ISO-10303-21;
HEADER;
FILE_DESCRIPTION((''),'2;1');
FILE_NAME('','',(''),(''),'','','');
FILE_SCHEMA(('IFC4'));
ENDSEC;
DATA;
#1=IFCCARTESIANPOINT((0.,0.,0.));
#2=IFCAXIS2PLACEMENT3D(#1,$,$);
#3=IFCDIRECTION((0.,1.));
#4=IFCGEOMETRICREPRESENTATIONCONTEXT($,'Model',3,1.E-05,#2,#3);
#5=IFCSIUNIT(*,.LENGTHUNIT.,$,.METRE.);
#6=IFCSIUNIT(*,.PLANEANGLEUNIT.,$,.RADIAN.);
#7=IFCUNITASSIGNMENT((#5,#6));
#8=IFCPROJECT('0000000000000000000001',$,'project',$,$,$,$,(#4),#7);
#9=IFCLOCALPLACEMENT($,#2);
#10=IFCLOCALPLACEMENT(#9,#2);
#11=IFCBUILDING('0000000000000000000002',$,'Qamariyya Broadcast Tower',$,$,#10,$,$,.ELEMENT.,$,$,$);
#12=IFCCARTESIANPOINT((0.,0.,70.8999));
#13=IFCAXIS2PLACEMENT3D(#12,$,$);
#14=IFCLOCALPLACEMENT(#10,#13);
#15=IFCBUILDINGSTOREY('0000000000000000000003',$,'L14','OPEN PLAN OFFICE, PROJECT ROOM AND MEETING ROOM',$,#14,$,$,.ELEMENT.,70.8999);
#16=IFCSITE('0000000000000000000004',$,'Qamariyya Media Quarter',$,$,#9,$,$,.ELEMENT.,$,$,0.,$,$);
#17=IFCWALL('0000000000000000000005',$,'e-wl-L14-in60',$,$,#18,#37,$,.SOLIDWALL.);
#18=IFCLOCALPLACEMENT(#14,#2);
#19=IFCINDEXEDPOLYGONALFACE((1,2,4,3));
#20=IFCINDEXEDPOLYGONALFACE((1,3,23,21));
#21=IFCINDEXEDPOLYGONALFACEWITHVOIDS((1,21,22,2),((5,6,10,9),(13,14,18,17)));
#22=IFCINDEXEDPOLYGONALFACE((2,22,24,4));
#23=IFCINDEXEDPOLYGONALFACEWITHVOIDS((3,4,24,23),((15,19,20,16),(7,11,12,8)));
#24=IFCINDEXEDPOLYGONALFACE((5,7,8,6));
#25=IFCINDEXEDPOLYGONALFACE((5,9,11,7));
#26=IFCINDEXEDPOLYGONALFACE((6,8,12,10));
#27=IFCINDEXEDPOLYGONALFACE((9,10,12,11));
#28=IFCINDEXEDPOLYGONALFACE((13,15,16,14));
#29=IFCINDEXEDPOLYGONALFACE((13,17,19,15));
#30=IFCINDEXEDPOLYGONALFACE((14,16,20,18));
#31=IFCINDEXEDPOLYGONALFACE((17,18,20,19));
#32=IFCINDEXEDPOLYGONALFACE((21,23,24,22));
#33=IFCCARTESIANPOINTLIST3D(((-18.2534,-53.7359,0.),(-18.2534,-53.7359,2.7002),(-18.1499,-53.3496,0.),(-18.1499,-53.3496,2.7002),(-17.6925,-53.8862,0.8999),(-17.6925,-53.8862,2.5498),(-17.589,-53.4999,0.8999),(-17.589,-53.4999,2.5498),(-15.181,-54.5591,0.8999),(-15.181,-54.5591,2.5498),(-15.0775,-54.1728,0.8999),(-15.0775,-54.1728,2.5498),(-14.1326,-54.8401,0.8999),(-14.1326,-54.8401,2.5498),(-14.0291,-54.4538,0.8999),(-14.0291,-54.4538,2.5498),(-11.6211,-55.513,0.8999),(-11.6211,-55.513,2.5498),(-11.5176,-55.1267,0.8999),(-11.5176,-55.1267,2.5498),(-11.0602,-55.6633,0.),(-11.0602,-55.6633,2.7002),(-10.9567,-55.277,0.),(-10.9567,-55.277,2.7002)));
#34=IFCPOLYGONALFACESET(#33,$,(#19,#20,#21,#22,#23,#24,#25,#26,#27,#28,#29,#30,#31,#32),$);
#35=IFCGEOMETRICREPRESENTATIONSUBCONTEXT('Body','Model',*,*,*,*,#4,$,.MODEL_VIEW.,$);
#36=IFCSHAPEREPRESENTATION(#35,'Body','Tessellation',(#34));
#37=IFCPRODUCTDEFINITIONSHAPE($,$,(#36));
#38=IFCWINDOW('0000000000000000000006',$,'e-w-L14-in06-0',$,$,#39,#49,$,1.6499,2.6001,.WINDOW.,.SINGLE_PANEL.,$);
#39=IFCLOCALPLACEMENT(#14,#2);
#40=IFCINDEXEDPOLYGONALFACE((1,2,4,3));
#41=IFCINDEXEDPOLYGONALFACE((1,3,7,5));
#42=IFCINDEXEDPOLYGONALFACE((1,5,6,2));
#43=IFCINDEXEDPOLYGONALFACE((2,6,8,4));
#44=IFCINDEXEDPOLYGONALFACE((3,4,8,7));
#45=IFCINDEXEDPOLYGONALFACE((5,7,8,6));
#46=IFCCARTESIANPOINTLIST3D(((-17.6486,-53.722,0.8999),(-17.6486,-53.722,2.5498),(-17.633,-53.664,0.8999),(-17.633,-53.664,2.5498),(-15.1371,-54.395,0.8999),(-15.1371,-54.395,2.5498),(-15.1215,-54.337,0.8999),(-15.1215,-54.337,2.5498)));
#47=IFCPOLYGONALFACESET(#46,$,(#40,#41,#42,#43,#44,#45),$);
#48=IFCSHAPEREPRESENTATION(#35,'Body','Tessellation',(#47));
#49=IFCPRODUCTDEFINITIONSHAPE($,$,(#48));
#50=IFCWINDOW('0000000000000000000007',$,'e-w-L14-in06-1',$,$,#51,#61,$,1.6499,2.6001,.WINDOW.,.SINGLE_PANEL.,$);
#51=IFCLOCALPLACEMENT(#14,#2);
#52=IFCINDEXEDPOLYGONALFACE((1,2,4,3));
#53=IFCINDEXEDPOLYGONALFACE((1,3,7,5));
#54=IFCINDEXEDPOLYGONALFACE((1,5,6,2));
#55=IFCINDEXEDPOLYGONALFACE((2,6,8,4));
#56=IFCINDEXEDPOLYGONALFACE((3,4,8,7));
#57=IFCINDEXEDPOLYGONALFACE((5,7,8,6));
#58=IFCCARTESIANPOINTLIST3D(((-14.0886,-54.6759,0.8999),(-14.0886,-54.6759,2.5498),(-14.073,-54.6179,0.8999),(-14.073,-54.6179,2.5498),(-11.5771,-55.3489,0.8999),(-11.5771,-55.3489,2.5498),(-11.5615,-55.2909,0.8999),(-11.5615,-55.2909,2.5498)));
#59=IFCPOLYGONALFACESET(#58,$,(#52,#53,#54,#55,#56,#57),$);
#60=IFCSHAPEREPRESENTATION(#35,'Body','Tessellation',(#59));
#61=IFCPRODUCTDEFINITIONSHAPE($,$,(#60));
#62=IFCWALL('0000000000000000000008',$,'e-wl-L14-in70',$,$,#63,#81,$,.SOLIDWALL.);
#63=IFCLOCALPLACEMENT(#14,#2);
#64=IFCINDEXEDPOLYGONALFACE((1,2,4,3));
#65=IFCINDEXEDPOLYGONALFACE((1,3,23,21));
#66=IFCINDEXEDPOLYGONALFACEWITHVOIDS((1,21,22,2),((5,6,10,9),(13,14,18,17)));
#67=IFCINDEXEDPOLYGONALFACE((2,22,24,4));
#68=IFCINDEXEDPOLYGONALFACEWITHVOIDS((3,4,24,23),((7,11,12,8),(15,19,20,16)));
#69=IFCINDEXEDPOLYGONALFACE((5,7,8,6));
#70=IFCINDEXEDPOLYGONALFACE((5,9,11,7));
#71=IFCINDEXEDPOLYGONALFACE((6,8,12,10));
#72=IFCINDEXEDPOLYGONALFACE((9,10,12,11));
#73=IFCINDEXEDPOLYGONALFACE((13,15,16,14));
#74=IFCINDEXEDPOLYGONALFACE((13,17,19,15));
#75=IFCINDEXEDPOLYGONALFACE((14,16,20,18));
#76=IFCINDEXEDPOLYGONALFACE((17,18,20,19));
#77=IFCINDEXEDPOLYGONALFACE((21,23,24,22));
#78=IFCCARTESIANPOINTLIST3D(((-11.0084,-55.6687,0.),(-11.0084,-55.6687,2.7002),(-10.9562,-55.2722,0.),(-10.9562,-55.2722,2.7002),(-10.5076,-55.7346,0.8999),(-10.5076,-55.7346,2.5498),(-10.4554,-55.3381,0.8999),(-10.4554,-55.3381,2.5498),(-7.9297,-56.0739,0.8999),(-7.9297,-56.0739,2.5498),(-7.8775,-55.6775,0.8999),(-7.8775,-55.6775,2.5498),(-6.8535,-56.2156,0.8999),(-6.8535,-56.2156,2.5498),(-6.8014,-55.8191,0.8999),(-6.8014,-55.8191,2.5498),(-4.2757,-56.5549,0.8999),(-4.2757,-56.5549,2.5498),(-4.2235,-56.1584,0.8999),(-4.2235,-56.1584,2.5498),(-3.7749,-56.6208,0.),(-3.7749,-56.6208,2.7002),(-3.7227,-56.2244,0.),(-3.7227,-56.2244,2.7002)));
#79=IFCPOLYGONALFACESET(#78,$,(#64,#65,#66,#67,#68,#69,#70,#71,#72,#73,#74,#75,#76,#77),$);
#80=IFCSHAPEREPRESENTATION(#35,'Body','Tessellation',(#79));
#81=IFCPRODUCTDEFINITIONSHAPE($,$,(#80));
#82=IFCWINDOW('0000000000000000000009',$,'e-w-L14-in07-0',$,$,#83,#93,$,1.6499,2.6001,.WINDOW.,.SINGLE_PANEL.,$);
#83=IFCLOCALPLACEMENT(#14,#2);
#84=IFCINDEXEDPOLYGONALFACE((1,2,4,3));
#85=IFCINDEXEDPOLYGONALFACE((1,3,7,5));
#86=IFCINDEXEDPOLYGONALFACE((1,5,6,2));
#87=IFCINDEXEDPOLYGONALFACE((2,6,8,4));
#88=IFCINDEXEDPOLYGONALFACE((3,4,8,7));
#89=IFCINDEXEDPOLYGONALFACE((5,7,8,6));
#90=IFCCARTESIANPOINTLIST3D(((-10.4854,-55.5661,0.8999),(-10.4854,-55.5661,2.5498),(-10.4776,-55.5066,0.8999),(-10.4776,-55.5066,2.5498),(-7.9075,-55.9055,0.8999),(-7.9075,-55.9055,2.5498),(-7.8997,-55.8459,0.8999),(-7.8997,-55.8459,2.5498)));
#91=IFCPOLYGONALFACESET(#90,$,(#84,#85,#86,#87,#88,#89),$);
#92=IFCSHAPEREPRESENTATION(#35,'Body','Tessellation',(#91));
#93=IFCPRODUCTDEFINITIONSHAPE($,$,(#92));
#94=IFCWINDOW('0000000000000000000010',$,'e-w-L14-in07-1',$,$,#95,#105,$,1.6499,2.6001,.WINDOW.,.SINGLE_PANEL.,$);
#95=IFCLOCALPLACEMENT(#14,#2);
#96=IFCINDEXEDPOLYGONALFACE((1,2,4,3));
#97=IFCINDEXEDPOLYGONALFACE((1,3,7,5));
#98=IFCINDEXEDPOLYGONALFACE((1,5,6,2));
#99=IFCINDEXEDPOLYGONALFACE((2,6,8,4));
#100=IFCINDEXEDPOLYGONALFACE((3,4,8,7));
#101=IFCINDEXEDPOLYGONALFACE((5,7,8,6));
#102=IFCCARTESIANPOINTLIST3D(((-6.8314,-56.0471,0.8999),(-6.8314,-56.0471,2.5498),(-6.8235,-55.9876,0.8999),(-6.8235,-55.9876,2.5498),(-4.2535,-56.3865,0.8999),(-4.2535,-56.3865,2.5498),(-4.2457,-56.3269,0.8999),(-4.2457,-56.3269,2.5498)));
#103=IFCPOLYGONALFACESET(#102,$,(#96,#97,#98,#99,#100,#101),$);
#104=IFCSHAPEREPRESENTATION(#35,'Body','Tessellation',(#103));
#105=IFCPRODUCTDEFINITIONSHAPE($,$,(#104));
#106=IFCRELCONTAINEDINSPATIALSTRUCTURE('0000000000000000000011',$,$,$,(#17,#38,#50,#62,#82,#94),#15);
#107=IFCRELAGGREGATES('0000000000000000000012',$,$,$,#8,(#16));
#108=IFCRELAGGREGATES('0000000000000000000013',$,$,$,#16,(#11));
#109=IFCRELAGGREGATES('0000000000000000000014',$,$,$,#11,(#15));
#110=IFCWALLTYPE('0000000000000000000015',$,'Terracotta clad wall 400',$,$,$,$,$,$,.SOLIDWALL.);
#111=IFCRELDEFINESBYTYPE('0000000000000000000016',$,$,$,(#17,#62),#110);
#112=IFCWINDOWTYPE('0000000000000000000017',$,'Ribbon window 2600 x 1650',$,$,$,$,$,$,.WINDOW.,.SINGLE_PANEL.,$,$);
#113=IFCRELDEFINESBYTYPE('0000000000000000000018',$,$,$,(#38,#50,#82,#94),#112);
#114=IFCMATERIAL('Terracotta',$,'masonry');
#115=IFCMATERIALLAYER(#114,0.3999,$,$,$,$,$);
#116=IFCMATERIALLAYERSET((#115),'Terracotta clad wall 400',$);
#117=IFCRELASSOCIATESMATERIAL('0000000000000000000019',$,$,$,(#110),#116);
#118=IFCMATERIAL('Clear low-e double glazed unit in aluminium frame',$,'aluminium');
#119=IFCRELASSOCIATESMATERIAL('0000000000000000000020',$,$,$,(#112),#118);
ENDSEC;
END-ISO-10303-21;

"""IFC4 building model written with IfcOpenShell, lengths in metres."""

from ifc_helpers import new_model, si_unit, direction, frame, frame_2d, origin, place, context, subcontext, project, spatial, rectangle, extrude, material, layer, layer_set, type_object, element, fill, save


model = new_model("IFC4")

# Units and contexts
model_context = context("Model", 3, precision=1e-05, world=origin(), true_north=direction((0.0, 1.0)))
body_context = subcontext(model_context, "Body", "Model", "MODEL_VIEW")
ifc_project = project(units=[si_unit("LENGTHUNIT", "METRE"), si_unit("PLANEANGLEUNIT", "RADIAN")], contexts=[model_context])

# Site, building, storey
site_placement = place(None, origin())
site = spatial("IfcSite", under=ifc_project, at=site_placement, Name="Qamariyya Media Quarter", CompositionType="ELEMENT", RefElevation=0.0)
building_placement = place(site_placement, origin())
building = spatial("IfcBuilding", under=site, at=building_placement, Name="Qamariyya Broadcast Tower", CompositionType="ELEMENT")
storey_placement = place(building_placement, frame((0.0, 0.0, 70.8999)))
storey = spatial("IfcBuildingStorey", under=building, at=storey_placement, Name="L14", Description="OPEN PLAN OFFICE, PROJECT ROOM AND MEETING ROOM", CompositionType="ELEMENT", Elevation=70.8999)

# Walls, openings, windows
ifc_material_1 = material(Name="Terracotta", Category="masonry")
ifc_layer_1 = layer(ifc_material_1, 0.3999)
ifc_layer_set_1 = layer_set([ifc_layer_1], Name="Terracotta clad wall 400")
wall_type_1 = type_object("IfcWallType", Name="Terracotta clad wall 400", PredefinedType="SOLIDWALL", material=ifc_layer_set_1)
ifc_material_2 = material(Name="Clear low-e double glazed unit in aluminium frame", Category="aluminium")
window_type = type_object("IfcWindowType", Name="Ribbon window 2600 x 1650", PartitioningType="SINGLE_PANEL", PredefinedType="WINDOW", material=ifc_material_2)
wall_1_placement = place(storey_placement, frame((-11.0083, -55.4702, 0.0), z_axis=(0.0, 0.0, 1.0), x_axis=(-0.965925, 0.258823, 0.0)))
wall_1 = element("IfcWall", 1, at=wall_1_placement, inside=storey, type_object=wall_type_1, Name="e-wl-L14-in60", PredefinedType="SOLIDWALL", context=body_context, shape_type="SweptSolid", body=[
    extrude(rectangle(XDim=7.447, YDim=0.3999, at=frame_2d((3.7236, 0.0))), origin(), (0.0, 0.0, 1.0), 2.7002),
])
opening_1_placement = place(wall_1_placement, frame((4.2664, 0.0, 0.8999)))
opening_1 = element("IfcOpeningElement", 2, at=opening_1_placement, cuts=wall_1, PredefinedType="OPENING", context=body_context, shape_type="SweptSolid", body=[
    extrude(rectangle(XDim=2.6001, YDim=1.6499, at=frame_2d((1.3, 0.825))), frame((0.0, 0.21, 0.0), z_axis=(0.0, -1.0, 0.0), x_axis=(1.0, 0.0, 0.0)), (0.0, 0.0, 1.0), 0.4199),
])
opening_2_placement = place(wall_1_placement, frame((0.5808, 0.0, 0.8999)))
opening_2 = element("IfcOpeningElement", 3, at=opening_2_placement, cuts=wall_1, PredefinedType="OPENING", context=body_context, shape_type="SweptSolid", body=[
    extrude(rectangle(XDim=2.6001, YDim=1.6499, at=frame_2d((1.3, 0.825))), frame((0.0, 0.21, 0.0), z_axis=(0.0, -1.0, 0.0), x_axis=(1.0, 0.0, 0.0)), (0.0, 0.0, 1.0), 0.4199),
])
window_1_placement = place(opening_1_placement, origin())
window_1 = element("IfcWindow", 4, at=window_1_placement, inside=storey, type_object=window_type, Name="e-w-L14-in06-0", OverallHeight=1.6499, OverallWidth=2.6001, PartitioningType="SINGLE_PANEL", PredefinedType="WINDOW", context=body_context, shape_type="SweptSolid", body=[
    extrude(rectangle(XDim=2.6001, YDim=1.6499, at=frame_2d((1.3, 0.825))), frame((0.0, 0.03, 0.0), z_axis=(0.0, -1.0, 0.0), x_axis=(1.0, 0.0, 0.0)), (0.0, 0.0, 1.0), 0.0601),
])
fill(opening_1, window_1)
window_2_placement = place(opening_2_placement, origin())
window_2 = element("IfcWindow", 5, at=window_2_placement, inside=storey, type_object=window_type, Name="e-w-L14-in06-1", OverallHeight=1.6499, OverallWidth=2.6001, PartitioningType="SINGLE_PANEL", PredefinedType="WINDOW", context=body_context, shape_type="SweptSolid", body=[
    extrude(rectangle(XDim=2.6001, YDim=1.6499, at=frame_2d((1.3, 0.825))), frame((0.0, 0.03, 0.0), z_axis=(0.0, -1.0, 0.0), x_axis=(1.0, 0.0, 0.0)), (0.0, 0.0, 1.0), 0.0601),
])
fill(opening_2, window_2)
wall_2_placement = place(storey_placement, frame((-3.7488, -56.4226, 0.0), z_axis=(0.0, 0.0, 1.0), x_axis=(-0.991447, 0.130506, 0.0)))
wall_2 = element("IfcWall", 6, at=wall_2_placement, inside=storey, type_object=wall_type_1, Name="e-wl-L14-in70", PredefinedType="SOLIDWALL", context=body_context, shape_type="SweptSolid", body=[
    extrude(rectangle(XDim=7.2959, YDim=0.3999, at=frame_2d((3.6479, 0.0))), origin(), (0.0, 0.0, 1.0), 2.7002),
])
opening_3_placement = place(wall_2_placement, frame((4.1907, 0.0, 0.8999)))
opening_3 = element("IfcOpeningElement", 7, at=opening_3_placement, cuts=wall_2, PredefinedType="OPENING", context=body_context, shape_type="SweptSolid", body=[
    extrude(rectangle(XDim=2.6001, YDim=1.6499, at=frame_2d((1.3, 0.825))), frame((0.0, 0.21, 0.0), z_axis=(0.0, -1.0, 0.0), x_axis=(1.0, 0.0, 0.0)), (0.0, 0.0, 1.0), 0.4199),
])
opening_4_placement = place(wall_2_placement, frame((0.5051, 0.0, 0.8999)))
opening_4 = element("IfcOpeningElement", 8, at=opening_4_placement, cuts=wall_2, PredefinedType="OPENING", context=body_context, shape_type="SweptSolid", body=[
    extrude(rectangle(XDim=2.6001, YDim=1.6499, at=frame_2d((1.3, 0.825))), frame((0.0, 0.21, 0.0), z_axis=(0.0, -1.0, 0.0), x_axis=(1.0, 0.0, 0.0)), (0.0, 0.0, 1.0), 0.4199),
])
window_3_placement = place(opening_3_placement, origin())
window_3 = element("IfcWindow", 9, at=window_3_placement, inside=storey, type_object=window_type, Name="e-w-L14-in07-0", OverallHeight=1.6499, OverallWidth=2.6001, PartitioningType="SINGLE_PANEL", PredefinedType="WINDOW", context=body_context, shape_type="SweptSolid", body=[
    extrude(rectangle(XDim=2.6001, YDim=1.6499, at=frame_2d((1.3, 0.825))), frame((0.0, 0.03, 0.0), z_axis=(0.0, -1.0, 0.0), x_axis=(1.0, 0.0, 0.0)), (0.0, 0.0, 1.0), 0.0601),
])
fill(opening_3, window_3)
window_4_placement = place(opening_4_placement, origin())
window_4 = element("IfcWindow", 10, at=window_4_placement, inside=storey, type_object=window_type, Name="e-w-L14-in07-1", OverallHeight=1.6499, OverallWidth=2.6001, PartitioningType="SINGLE_PANEL", PredefinedType="WINDOW", context=body_context, shape_type="SweptSolid", body=[
    extrude(rectangle(XDim=2.6001, YDim=1.6499, at=frame_2d((1.3, 0.825))), frame((0.0, 0.03, 0.0), z_axis=(0.0, -1.0, 0.0), x_axis=(1.0, 0.0, 0.0)), (0.0, 0.0, 1.0), 0.0601),
])
fill(opening_4, window_4)

save(model, "model.ifc")
